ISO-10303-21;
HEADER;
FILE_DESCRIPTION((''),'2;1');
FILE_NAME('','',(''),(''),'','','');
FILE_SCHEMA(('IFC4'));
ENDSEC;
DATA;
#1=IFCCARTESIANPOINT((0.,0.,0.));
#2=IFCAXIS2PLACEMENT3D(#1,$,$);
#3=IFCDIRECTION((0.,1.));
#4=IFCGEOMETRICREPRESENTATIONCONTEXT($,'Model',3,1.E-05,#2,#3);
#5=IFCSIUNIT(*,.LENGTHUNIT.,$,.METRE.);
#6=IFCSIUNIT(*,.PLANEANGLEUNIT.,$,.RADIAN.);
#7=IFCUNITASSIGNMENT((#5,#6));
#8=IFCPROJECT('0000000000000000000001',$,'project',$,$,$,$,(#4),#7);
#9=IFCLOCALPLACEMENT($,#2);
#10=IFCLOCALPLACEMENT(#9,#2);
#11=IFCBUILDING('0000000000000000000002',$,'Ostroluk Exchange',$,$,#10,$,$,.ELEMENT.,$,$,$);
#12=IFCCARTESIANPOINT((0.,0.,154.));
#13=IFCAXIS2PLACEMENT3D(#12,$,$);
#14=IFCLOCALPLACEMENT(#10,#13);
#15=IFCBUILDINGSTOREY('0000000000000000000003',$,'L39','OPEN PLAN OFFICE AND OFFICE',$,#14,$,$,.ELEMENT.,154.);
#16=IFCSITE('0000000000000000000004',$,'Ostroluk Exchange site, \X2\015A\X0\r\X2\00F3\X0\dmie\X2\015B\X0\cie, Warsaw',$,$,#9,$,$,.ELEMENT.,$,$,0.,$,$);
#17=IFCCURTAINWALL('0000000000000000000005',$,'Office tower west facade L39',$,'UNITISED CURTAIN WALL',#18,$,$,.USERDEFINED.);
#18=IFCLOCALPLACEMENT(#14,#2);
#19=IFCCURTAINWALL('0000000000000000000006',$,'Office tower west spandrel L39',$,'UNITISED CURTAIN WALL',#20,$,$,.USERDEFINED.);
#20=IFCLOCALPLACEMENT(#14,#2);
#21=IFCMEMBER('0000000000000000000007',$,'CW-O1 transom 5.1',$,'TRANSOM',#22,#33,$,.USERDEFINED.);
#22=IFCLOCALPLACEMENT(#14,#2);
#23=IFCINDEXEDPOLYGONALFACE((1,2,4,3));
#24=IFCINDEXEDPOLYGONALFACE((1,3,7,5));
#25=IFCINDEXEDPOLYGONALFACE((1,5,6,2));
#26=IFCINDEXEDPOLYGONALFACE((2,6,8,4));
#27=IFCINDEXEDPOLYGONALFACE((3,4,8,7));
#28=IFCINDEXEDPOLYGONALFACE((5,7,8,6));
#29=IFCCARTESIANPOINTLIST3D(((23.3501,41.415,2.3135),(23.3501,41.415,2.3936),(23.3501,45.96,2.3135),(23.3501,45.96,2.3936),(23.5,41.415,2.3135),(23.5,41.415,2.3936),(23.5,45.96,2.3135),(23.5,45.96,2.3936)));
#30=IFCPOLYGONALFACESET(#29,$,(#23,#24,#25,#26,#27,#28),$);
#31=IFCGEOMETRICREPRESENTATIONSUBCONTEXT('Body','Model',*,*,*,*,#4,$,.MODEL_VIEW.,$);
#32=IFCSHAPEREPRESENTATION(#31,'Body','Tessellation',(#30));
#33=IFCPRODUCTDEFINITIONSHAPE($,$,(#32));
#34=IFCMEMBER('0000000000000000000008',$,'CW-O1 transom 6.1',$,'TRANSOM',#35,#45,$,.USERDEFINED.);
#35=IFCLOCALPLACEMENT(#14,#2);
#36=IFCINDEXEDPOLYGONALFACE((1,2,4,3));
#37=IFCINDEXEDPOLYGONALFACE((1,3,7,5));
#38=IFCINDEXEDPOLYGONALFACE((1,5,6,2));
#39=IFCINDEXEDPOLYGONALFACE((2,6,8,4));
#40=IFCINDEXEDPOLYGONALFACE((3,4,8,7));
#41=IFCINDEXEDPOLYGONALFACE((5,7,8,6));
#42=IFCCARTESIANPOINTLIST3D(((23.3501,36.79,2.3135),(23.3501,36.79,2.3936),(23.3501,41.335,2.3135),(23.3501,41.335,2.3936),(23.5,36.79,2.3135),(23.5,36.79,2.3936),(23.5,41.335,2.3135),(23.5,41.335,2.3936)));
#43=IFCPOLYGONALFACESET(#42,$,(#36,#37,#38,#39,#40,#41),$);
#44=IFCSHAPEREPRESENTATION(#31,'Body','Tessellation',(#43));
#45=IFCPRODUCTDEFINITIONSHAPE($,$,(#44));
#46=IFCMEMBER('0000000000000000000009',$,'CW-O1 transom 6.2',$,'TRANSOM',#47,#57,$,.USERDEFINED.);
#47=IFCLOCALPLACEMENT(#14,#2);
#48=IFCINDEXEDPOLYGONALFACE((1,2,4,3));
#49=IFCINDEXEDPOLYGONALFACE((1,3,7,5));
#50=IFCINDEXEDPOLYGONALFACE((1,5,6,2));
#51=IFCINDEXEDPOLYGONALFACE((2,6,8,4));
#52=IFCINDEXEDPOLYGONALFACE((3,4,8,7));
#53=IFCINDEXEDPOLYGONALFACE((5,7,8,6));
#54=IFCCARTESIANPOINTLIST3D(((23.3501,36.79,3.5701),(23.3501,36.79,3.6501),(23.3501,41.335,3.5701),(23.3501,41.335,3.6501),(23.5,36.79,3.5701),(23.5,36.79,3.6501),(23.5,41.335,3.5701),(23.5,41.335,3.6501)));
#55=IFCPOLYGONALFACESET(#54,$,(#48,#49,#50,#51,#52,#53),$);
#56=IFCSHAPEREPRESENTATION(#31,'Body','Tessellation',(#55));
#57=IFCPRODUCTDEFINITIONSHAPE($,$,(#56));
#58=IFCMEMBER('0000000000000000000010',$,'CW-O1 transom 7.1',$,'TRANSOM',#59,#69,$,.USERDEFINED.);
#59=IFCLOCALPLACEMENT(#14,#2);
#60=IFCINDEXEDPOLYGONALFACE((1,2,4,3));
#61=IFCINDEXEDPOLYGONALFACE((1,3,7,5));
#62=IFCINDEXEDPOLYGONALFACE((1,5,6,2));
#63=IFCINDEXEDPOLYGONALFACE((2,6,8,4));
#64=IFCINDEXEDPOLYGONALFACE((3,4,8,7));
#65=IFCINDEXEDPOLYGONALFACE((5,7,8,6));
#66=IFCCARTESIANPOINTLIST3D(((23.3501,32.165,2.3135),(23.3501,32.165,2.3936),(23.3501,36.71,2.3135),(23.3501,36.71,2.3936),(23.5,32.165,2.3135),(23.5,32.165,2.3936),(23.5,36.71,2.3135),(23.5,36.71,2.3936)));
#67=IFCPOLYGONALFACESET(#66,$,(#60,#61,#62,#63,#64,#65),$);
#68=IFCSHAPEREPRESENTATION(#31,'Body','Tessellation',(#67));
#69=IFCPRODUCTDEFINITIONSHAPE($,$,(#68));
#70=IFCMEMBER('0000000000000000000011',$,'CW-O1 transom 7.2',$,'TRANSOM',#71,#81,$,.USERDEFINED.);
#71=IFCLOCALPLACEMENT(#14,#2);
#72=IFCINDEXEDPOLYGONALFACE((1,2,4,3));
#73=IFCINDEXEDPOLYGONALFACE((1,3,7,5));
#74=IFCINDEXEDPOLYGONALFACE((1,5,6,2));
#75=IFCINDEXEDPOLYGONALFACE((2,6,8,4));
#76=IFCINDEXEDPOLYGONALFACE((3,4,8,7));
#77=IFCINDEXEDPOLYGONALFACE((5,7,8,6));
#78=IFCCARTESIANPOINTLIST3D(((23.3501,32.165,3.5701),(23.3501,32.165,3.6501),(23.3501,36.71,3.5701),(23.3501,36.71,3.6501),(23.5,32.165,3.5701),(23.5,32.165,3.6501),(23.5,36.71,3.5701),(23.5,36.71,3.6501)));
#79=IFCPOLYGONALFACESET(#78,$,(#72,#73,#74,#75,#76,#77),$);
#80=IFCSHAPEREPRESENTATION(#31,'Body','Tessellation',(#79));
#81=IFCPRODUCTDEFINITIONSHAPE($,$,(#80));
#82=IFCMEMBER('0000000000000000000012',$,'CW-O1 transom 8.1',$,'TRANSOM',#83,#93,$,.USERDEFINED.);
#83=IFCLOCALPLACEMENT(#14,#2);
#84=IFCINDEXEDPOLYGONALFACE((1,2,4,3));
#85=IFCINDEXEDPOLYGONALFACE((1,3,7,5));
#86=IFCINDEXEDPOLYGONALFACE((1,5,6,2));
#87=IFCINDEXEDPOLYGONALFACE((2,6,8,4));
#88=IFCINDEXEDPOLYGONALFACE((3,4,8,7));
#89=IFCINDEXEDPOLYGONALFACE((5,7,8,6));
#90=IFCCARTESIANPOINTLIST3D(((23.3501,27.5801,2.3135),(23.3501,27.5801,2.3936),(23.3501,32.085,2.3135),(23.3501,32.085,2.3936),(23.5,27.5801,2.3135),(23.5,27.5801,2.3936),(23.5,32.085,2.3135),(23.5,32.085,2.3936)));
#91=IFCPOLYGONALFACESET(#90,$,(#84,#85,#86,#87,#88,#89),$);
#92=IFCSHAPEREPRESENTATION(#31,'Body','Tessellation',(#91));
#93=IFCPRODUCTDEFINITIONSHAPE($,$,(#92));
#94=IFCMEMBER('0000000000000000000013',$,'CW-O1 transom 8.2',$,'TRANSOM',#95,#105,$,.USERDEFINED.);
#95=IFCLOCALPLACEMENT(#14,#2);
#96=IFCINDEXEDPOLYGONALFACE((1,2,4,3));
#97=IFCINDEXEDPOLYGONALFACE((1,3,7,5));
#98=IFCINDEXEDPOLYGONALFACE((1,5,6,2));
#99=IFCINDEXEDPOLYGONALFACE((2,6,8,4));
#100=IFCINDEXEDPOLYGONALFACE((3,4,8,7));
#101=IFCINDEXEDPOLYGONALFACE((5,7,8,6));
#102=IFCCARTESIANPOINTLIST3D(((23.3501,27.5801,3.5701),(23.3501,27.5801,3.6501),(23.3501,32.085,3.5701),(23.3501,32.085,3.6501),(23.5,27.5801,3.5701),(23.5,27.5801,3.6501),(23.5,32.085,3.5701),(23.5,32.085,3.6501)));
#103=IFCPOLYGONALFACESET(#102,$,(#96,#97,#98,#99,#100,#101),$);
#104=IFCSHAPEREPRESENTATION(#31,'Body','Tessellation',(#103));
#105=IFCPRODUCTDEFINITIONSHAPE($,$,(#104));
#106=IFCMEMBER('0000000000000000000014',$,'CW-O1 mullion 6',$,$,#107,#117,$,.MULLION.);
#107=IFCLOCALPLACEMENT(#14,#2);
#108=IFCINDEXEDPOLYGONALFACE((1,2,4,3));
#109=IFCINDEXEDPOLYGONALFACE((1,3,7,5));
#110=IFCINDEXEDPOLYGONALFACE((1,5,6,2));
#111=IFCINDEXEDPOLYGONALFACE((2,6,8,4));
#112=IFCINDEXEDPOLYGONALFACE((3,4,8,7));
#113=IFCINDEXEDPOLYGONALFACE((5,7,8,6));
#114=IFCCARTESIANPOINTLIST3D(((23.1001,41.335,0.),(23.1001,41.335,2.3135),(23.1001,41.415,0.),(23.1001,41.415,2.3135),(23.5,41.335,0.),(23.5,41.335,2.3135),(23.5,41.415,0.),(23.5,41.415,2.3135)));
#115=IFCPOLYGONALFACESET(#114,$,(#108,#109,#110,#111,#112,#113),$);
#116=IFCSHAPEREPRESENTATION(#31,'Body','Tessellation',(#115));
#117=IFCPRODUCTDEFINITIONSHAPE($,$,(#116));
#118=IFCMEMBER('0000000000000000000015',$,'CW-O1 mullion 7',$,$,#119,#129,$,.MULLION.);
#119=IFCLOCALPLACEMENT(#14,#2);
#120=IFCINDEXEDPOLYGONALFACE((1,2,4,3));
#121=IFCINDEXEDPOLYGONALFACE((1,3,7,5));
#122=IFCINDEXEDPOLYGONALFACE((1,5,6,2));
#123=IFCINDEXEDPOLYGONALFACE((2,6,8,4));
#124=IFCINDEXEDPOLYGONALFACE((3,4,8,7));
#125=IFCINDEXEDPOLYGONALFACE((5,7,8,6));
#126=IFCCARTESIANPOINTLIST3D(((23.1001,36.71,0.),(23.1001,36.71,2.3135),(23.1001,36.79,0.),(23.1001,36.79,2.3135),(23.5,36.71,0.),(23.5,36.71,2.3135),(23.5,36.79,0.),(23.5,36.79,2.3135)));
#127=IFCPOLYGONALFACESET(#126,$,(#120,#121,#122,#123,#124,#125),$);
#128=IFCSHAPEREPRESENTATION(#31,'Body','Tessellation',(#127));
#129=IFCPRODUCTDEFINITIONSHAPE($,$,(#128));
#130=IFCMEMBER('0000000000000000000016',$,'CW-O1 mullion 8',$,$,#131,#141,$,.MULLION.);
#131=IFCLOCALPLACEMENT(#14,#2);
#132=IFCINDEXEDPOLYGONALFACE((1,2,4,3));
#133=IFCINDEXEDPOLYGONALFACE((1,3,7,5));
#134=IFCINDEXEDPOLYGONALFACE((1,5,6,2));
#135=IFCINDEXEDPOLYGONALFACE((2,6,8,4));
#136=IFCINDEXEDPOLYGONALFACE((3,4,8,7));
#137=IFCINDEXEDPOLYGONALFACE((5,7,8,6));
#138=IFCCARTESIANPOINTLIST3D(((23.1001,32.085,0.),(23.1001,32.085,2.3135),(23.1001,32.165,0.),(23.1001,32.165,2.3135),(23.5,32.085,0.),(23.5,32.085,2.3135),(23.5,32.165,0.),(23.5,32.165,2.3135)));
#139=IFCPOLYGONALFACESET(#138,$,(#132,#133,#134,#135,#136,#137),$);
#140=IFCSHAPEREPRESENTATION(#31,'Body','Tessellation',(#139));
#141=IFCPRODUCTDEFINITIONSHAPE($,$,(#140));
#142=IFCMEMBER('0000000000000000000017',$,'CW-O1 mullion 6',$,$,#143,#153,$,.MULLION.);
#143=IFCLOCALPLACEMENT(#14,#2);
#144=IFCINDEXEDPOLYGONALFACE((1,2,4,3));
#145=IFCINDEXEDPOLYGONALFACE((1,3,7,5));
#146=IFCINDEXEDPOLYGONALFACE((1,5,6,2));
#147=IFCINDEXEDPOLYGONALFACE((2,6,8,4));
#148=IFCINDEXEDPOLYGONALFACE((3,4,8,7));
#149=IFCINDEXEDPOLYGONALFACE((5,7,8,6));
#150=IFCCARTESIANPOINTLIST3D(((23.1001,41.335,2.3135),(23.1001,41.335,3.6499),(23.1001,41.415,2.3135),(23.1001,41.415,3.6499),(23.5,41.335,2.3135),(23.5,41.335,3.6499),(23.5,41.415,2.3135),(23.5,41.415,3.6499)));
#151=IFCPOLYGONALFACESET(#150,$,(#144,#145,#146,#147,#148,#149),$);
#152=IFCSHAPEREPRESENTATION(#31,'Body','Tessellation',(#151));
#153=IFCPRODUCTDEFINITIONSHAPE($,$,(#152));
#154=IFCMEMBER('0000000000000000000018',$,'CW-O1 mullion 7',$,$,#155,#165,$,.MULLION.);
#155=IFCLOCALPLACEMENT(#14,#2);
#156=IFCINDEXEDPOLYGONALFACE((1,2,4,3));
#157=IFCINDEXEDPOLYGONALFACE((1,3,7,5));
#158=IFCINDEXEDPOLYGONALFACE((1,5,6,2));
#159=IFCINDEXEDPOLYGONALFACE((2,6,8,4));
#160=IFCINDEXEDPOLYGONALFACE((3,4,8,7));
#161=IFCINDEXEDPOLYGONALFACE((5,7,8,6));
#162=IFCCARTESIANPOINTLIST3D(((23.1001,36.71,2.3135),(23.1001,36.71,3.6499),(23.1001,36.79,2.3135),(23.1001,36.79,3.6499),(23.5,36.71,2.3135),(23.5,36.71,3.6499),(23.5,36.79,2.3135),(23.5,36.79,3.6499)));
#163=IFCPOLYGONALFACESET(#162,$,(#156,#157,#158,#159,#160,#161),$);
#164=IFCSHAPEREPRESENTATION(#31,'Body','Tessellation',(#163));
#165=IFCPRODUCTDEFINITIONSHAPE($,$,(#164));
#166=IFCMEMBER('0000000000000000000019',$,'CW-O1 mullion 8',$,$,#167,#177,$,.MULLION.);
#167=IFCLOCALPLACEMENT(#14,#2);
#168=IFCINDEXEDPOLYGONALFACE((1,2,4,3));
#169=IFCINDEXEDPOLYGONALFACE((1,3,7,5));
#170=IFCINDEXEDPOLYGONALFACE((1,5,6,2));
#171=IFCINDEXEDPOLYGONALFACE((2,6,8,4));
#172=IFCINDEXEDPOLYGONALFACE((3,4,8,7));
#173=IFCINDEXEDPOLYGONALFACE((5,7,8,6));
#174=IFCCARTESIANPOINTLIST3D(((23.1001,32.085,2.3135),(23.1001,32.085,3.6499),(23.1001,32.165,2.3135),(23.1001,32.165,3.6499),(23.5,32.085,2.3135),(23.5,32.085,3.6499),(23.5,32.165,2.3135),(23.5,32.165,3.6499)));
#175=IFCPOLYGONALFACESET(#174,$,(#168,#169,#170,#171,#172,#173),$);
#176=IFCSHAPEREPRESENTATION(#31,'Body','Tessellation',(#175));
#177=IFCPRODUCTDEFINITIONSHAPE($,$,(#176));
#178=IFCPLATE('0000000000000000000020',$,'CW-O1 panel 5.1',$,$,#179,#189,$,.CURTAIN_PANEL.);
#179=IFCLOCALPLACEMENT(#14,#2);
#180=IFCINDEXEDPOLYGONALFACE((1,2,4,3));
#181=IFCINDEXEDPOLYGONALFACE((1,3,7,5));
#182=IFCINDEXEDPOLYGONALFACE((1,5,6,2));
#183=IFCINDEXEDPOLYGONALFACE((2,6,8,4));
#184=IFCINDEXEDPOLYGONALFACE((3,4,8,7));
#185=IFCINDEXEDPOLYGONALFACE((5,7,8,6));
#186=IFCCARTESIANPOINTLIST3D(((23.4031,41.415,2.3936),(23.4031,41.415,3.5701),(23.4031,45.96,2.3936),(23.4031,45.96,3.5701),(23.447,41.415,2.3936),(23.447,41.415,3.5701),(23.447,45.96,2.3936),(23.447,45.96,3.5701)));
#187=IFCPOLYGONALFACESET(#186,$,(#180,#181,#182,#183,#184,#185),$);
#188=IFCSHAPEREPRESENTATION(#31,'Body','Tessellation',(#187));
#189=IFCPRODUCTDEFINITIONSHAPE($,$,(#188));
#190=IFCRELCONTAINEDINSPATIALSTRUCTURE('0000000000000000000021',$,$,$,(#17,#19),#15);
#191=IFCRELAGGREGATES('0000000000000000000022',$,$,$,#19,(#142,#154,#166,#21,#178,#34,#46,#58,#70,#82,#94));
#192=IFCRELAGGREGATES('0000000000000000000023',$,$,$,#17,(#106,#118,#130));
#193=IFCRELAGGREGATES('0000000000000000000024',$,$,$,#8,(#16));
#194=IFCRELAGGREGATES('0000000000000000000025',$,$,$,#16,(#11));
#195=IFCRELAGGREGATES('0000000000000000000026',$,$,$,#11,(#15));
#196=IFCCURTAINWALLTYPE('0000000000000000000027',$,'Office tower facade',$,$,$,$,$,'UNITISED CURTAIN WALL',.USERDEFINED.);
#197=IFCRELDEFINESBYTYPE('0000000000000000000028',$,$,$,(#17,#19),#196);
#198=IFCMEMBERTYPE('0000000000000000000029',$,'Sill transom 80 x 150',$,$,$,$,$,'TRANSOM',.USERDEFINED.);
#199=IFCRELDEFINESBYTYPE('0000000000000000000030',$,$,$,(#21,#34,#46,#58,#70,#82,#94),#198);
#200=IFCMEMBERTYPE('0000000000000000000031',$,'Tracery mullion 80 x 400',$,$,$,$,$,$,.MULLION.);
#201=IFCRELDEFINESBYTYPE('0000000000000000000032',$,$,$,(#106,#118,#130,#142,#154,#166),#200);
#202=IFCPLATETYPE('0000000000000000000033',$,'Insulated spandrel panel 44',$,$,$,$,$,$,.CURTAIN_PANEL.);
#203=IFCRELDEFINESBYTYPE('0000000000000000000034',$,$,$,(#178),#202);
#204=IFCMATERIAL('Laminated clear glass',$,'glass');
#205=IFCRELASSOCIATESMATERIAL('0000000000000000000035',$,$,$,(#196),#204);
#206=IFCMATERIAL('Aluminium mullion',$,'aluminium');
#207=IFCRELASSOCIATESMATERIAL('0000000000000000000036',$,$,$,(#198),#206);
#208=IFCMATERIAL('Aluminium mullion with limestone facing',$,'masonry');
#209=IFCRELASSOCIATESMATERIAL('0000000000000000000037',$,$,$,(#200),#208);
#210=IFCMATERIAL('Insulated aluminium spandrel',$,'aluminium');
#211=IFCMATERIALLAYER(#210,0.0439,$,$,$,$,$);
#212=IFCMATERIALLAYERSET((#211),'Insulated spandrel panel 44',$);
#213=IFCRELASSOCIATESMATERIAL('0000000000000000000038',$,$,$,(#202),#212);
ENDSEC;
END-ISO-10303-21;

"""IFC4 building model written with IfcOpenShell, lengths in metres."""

from ifc_helpers import new_model, si_unit, direction, frame, origin, origin_2d, place, context, subcontext, project, spatial, rectangle, extrude, material, layer, layer_set, material_profile, profile_set, type_object, element, aggregate, save


model = new_model("IFC4")

# Units and contexts
model_context = context("Model", 3, precision=1e-05, world=origin(), true_north=direction((0.0, 1.0)))
body_context = subcontext(model_context, "Body", "Model", "MODEL_VIEW")
ifc_project = project(units=[si_unit("LENGTHUNIT", "METRE"), si_unit("PLANEANGLEUNIT", "RADIAN")], contexts=[model_context])

# Site, building, storey
site_placement = place(None, origin())
site = spatial("IfcSite", under=ifc_project, at=site_placement, Name="Ostroluk Exchange site, Śródmieście, Warsaw", CompositionType="ELEMENT", RefElevation=0.0)
building_placement = place(site_placement, origin())
building = spatial("IfcBuilding", under=site, at=building_placement, Name="Ostroluk Exchange", CompositionType="ELEMENT")
storey_placement = place(building_placement, frame((0.0, 0.0, 154.0)))
storey = spatial("IfcBuildingStorey", under=building, at=storey_placement, Name="L39", Description="OPEN PLAN OFFICE AND OFFICE", CompositionType="ELEMENT", Elevation=154.0)

# Curtain walls, members
ifc_material_1 = material(Name="Laminated clear glass", Category="glass")
curtain_wall_type = type_object("IfcCurtainWallType", Name="Office tower facade", ElementType="UNITISED CURTAIN WALL", PredefinedType="USERDEFINED", material=ifc_material_1)
curtain_wall_1_placement = place(storey_placement, origin())
curtain_wall_1 = element("IfcCurtainWall", 1, at=curtain_wall_1_placement, inside=storey, type_object=curtain_wall_type, Name="Office tower west facade L39", ObjectType="UNITISED CURTAIN WALL", PredefinedType="USERDEFINED")
ifc_material_2 = material(Name="Aluminium mullion", Category="aluminium")
ifc_material_profile_1 = material_profile(ifc_material_2, rectangle(XDim=0.1499, YDim=0.0801, at=origin_2d()), Name="Sill transom 80 x 150")
ifc_profile_set_1 = profile_set([ifc_material_profile_1], Name="Aluminium mullion")
member_type_1 = type_object("IfcMemberType", Name="Sill transom 80 x 150", ElementType="TRANSOM", PredefinedType="USERDEFINED", material=ifc_profile_set_1)
curtain_wall_2_placement = place(storey_placement, origin())
curtain_wall_2 = element("IfcCurtainWall", 2, at=curtain_wall_2_placement, inside=storey, type_object=curtain_wall_type, Name="Office tower west spandrel L39", ObjectType="UNITISED CURTAIN WALL", PredefinedType="USERDEFINED")
member_1_placement = place(storey_placement, frame((23.425, 45.96, 2.3535), z_axis=(0.0, -1.0, 0.0), x_axis=(1.0, 0.0, 0.0)))
member_1 = element("IfcMember", 3, at=member_1_placement, type_object=member_type_1, Name="CW-O1 transom 5.1", ObjectType="TRANSOM", PredefinedType="USERDEFINED", context=body_context, shape_type="SweptSolid", body=[
    extrude(rectangle(XDim=0.1499, YDim=0.0801, at=origin_2d()), origin(), (0.0, 0.0, 1.0), 4.5449),
])
member_2_placement = place(storey_placement, frame((23.425, 41.335, 2.3535), z_axis=(0.0, -1.0, 0.0), x_axis=(1.0, 0.0, 0.0)))
member_2 = element("IfcMember", 4, at=member_2_placement, type_object=member_type_1, Name="CW-O1 transom 6.1", ObjectType="TRANSOM", PredefinedType="USERDEFINED", context=body_context, shape_type="SweptSolid", body=[
    extrude(rectangle(XDim=0.1499, YDim=0.0801, at=origin_2d()), origin(), (0.0, 0.0, 1.0), 4.5449),
])
member_3_placement = place(storey_placement, frame((23.425, 41.335, 3.6101), z_axis=(0.0, -1.0, 0.0), x_axis=(1.0, 0.0, 0.0)))
member_3 = element("IfcMember", 5, at=member_3_placement, type_object=member_type_1, Name="CW-O1 transom 6.2", ObjectType="TRANSOM", PredefinedType="USERDEFINED", context=body_context, shape_type="SweptSolid", body=[
    extrude(rectangle(XDim=0.1499, YDim=0.0801, at=origin_2d()), origin(), (0.0, 0.0, 1.0), 4.5449),
])
member_4_placement = place(storey_placement, frame((23.425, 36.71, 2.3535), z_axis=(0.0, -1.0, 0.0), x_axis=(1.0, 0.0, 0.0)))
member_4 = element("IfcMember", 6, at=member_4_placement, type_object=member_type_1, Name="CW-O1 transom 7.1", ObjectType="TRANSOM", PredefinedType="USERDEFINED", context=body_context, shape_type="SweptSolid", body=[
    extrude(rectangle(XDim=0.1499, YDim=0.0801, at=origin_2d()), origin(), (0.0, 0.0, 1.0), 4.5449),
])
member_5_placement = place(storey_placement, frame((23.425, 36.71, 3.6101), z_axis=(0.0, -1.0, 0.0), x_axis=(1.0, 0.0, 0.0)))
member_5 = element("IfcMember", 7, at=member_5_placement, type_object=member_type_1, Name="CW-O1 transom 7.2", ObjectType="TRANSOM", PredefinedType="USERDEFINED", context=body_context, shape_type="SweptSolid", body=[
    extrude(rectangle(XDim=0.1499, YDim=0.0801, at=origin_2d()), origin(), (0.0, 0.0, 1.0), 4.5449),
])
member_6_placement = place(storey_placement, frame((23.425, 32.085, 2.3535), z_axis=(0.0, -1.0, 0.0), x_axis=(1.0, 0.0, 0.0)))
member_6 = element("IfcMember", 8, at=member_6_placement, type_object=member_type_1, Name="CW-O1 transom 8.1", ObjectType="TRANSOM", PredefinedType="USERDEFINED", context=body_context, shape_type="SweptSolid", body=[
    extrude(rectangle(XDim=0.1499, YDim=0.0801, at=origin_2d()), origin(), (0.0, 0.0, 1.0), 4.5049),
])
member_7_placement = place(storey_placement, frame((23.425, 32.085, 3.6101), z_axis=(0.0, -1.0, 0.0), x_axis=(1.0, 0.0, 0.0)))
member_7 = element("IfcMember", 9, at=member_7_placement, type_object=member_type_1, Name="CW-O1 transom 8.2", ObjectType="TRANSOM", PredefinedType="USERDEFINED", context=body_context, shape_type="SweptSolid", body=[
    extrude(rectangle(XDim=0.1499, YDim=0.0801, at=origin_2d()), origin(), (0.0, 0.0, 1.0), 4.5049),
])

# Members
ifc_material_3 = material(Name="Aluminium mullion with limestone facing", Category="masonry")
ifc_material_profile_2 = material_profile(ifc_material_3, rectangle(XDim=0.3999, YDim=0.0801, at=origin_2d()), Name="Tracery mullion 80 x 400")
ifc_profile_set_2 = profile_set([ifc_material_profile_2], Name="Aluminium mullion with limestone facing")
member_type_2 = type_object("IfcMemberType", Name="Tracery mullion 80 x 400", PredefinedType="MULLION", material=ifc_profile_set_2)
member_8_placement = place(storey_placement, frame((23.3, 41.375, 0.0), z_axis=(0.0, 0.0, 1.0), x_axis=(1.0, 0.0, 0.0)))
member_8 = element("IfcMember", 10, at=member_8_placement, type_object=member_type_2, Name="CW-O1 mullion 6", PredefinedType="MULLION", context=body_context, shape_type="SweptSolid", body=[
    extrude(rectangle(XDim=0.3999, YDim=0.0801, at=origin_2d()), origin(), (0.0, 0.0, 1.0), 2.3135),
])
member_9_placement = place(storey_placement, frame((23.3, 36.75, 0.0), z_axis=(0.0, 0.0, 1.0), x_axis=(1.0, 0.0, 0.0)))
member_9 = element("IfcMember", 11, at=member_9_placement, type_object=member_type_2, Name="CW-O1 mullion 7", PredefinedType="MULLION", context=body_context, shape_type="SweptSolid", body=[
    extrude(rectangle(XDim=0.3999, YDim=0.0801, at=origin_2d()), origin(), (0.0, 0.0, 1.0), 2.3135),
])
member_10_placement = place(storey_placement, frame((23.3, 32.125, 0.0), z_axis=(0.0, 0.0, 1.0), x_axis=(1.0, 0.0, 0.0)))
member_10 = element("IfcMember", 12, at=member_10_placement, type_object=member_type_2, Name="CW-O1 mullion 8", PredefinedType="MULLION", context=body_context, shape_type="SweptSolid", body=[
    extrude(rectangle(XDim=0.3999, YDim=0.0801, at=origin_2d()), origin(), (0.0, 0.0, 1.0), 2.3135),
])
member_11_placement = place(storey_placement, frame((23.3, 41.375, 2.3135), z_axis=(0.0, 0.0, 1.0), x_axis=(1.0, 0.0, 0.0)))
member_11 = element("IfcMember", 13, at=member_11_placement, type_object=member_type_2, Name="CW-O1 mullion 6", PredefinedType="MULLION", context=body_context, shape_type="SweptSolid", body=[
    extrude(rectangle(XDim=0.3999, YDim=0.0801, at=origin_2d()), origin(), (0.0, 0.0, 1.0), 1.3364),
])
member_12_placement = place(storey_placement, frame((23.3, 36.75, 2.3135), z_axis=(0.0, 0.0, 1.0), x_axis=(1.0, 0.0, 0.0)))
member_12 = element("IfcMember", 14, at=member_12_placement, type_object=member_type_2, Name="CW-O1 mullion 7", PredefinedType="MULLION", context=body_context, shape_type="SweptSolid", body=[
    extrude(rectangle(XDim=0.3999, YDim=0.0801, at=origin_2d()), origin(), (0.0, 0.0, 1.0), 1.3364),
])
member_13_placement = place(storey_placement, frame((23.3, 32.125, 2.3135), z_axis=(0.0, 0.0, 1.0), x_axis=(1.0, 0.0, 0.0)))
member_13 = element("IfcMember", 15, at=member_13_placement, type_object=member_type_2, Name="CW-O1 mullion 8", PredefinedType="MULLION", context=body_context, shape_type="SweptSolid", body=[
    extrude(rectangle(XDim=0.3999, YDim=0.0801, at=origin_2d()), origin(), (0.0, 0.0, 1.0), 1.3364),
])

# Plate
ifc_material_4 = material(Name="Insulated aluminium spandrel", Category="aluminium")
ifc_layer_1 = layer(ifc_material_4, 0.0439)
ifc_layer_set_1 = layer_set([ifc_layer_1], Name="Insulated spandrel panel 44")
plate_type_1 = type_object("IfcPlateType", Name="Insulated spandrel panel 44", PredefinedType="CURTAIN_PANEL", material=ifc_layer_set_1)
plate_1_placement = place(storey_placement, frame((23.425, 43.6875, 2.3936), z_axis=(0.0, 0.0, 1.0), x_axis=(0.0, -1.0, 0.0)))
plate_1 = element("IfcPlate", 16, at=plate_1_placement, type_object=plate_type_1, Name="CW-O1 panel 5.1", PredefinedType="CURTAIN_PANEL", context=body_context, shape_type="SweptSolid", body=[
    extrude(rectangle(XDim=4.5449, YDim=0.0439, at=origin_2d()), origin(), (0.0, 0.0, 1.0), 1.1765),
])
aggregate(curtain_wall_2, [member_11, member_12, member_13, member_1, plate_1, member_2, member_3, member_4, member_5, member_6, member_7])
aggregate(curtain_wall_1, [member_8, member_9, member_10])

save(model, "model.ifc")
